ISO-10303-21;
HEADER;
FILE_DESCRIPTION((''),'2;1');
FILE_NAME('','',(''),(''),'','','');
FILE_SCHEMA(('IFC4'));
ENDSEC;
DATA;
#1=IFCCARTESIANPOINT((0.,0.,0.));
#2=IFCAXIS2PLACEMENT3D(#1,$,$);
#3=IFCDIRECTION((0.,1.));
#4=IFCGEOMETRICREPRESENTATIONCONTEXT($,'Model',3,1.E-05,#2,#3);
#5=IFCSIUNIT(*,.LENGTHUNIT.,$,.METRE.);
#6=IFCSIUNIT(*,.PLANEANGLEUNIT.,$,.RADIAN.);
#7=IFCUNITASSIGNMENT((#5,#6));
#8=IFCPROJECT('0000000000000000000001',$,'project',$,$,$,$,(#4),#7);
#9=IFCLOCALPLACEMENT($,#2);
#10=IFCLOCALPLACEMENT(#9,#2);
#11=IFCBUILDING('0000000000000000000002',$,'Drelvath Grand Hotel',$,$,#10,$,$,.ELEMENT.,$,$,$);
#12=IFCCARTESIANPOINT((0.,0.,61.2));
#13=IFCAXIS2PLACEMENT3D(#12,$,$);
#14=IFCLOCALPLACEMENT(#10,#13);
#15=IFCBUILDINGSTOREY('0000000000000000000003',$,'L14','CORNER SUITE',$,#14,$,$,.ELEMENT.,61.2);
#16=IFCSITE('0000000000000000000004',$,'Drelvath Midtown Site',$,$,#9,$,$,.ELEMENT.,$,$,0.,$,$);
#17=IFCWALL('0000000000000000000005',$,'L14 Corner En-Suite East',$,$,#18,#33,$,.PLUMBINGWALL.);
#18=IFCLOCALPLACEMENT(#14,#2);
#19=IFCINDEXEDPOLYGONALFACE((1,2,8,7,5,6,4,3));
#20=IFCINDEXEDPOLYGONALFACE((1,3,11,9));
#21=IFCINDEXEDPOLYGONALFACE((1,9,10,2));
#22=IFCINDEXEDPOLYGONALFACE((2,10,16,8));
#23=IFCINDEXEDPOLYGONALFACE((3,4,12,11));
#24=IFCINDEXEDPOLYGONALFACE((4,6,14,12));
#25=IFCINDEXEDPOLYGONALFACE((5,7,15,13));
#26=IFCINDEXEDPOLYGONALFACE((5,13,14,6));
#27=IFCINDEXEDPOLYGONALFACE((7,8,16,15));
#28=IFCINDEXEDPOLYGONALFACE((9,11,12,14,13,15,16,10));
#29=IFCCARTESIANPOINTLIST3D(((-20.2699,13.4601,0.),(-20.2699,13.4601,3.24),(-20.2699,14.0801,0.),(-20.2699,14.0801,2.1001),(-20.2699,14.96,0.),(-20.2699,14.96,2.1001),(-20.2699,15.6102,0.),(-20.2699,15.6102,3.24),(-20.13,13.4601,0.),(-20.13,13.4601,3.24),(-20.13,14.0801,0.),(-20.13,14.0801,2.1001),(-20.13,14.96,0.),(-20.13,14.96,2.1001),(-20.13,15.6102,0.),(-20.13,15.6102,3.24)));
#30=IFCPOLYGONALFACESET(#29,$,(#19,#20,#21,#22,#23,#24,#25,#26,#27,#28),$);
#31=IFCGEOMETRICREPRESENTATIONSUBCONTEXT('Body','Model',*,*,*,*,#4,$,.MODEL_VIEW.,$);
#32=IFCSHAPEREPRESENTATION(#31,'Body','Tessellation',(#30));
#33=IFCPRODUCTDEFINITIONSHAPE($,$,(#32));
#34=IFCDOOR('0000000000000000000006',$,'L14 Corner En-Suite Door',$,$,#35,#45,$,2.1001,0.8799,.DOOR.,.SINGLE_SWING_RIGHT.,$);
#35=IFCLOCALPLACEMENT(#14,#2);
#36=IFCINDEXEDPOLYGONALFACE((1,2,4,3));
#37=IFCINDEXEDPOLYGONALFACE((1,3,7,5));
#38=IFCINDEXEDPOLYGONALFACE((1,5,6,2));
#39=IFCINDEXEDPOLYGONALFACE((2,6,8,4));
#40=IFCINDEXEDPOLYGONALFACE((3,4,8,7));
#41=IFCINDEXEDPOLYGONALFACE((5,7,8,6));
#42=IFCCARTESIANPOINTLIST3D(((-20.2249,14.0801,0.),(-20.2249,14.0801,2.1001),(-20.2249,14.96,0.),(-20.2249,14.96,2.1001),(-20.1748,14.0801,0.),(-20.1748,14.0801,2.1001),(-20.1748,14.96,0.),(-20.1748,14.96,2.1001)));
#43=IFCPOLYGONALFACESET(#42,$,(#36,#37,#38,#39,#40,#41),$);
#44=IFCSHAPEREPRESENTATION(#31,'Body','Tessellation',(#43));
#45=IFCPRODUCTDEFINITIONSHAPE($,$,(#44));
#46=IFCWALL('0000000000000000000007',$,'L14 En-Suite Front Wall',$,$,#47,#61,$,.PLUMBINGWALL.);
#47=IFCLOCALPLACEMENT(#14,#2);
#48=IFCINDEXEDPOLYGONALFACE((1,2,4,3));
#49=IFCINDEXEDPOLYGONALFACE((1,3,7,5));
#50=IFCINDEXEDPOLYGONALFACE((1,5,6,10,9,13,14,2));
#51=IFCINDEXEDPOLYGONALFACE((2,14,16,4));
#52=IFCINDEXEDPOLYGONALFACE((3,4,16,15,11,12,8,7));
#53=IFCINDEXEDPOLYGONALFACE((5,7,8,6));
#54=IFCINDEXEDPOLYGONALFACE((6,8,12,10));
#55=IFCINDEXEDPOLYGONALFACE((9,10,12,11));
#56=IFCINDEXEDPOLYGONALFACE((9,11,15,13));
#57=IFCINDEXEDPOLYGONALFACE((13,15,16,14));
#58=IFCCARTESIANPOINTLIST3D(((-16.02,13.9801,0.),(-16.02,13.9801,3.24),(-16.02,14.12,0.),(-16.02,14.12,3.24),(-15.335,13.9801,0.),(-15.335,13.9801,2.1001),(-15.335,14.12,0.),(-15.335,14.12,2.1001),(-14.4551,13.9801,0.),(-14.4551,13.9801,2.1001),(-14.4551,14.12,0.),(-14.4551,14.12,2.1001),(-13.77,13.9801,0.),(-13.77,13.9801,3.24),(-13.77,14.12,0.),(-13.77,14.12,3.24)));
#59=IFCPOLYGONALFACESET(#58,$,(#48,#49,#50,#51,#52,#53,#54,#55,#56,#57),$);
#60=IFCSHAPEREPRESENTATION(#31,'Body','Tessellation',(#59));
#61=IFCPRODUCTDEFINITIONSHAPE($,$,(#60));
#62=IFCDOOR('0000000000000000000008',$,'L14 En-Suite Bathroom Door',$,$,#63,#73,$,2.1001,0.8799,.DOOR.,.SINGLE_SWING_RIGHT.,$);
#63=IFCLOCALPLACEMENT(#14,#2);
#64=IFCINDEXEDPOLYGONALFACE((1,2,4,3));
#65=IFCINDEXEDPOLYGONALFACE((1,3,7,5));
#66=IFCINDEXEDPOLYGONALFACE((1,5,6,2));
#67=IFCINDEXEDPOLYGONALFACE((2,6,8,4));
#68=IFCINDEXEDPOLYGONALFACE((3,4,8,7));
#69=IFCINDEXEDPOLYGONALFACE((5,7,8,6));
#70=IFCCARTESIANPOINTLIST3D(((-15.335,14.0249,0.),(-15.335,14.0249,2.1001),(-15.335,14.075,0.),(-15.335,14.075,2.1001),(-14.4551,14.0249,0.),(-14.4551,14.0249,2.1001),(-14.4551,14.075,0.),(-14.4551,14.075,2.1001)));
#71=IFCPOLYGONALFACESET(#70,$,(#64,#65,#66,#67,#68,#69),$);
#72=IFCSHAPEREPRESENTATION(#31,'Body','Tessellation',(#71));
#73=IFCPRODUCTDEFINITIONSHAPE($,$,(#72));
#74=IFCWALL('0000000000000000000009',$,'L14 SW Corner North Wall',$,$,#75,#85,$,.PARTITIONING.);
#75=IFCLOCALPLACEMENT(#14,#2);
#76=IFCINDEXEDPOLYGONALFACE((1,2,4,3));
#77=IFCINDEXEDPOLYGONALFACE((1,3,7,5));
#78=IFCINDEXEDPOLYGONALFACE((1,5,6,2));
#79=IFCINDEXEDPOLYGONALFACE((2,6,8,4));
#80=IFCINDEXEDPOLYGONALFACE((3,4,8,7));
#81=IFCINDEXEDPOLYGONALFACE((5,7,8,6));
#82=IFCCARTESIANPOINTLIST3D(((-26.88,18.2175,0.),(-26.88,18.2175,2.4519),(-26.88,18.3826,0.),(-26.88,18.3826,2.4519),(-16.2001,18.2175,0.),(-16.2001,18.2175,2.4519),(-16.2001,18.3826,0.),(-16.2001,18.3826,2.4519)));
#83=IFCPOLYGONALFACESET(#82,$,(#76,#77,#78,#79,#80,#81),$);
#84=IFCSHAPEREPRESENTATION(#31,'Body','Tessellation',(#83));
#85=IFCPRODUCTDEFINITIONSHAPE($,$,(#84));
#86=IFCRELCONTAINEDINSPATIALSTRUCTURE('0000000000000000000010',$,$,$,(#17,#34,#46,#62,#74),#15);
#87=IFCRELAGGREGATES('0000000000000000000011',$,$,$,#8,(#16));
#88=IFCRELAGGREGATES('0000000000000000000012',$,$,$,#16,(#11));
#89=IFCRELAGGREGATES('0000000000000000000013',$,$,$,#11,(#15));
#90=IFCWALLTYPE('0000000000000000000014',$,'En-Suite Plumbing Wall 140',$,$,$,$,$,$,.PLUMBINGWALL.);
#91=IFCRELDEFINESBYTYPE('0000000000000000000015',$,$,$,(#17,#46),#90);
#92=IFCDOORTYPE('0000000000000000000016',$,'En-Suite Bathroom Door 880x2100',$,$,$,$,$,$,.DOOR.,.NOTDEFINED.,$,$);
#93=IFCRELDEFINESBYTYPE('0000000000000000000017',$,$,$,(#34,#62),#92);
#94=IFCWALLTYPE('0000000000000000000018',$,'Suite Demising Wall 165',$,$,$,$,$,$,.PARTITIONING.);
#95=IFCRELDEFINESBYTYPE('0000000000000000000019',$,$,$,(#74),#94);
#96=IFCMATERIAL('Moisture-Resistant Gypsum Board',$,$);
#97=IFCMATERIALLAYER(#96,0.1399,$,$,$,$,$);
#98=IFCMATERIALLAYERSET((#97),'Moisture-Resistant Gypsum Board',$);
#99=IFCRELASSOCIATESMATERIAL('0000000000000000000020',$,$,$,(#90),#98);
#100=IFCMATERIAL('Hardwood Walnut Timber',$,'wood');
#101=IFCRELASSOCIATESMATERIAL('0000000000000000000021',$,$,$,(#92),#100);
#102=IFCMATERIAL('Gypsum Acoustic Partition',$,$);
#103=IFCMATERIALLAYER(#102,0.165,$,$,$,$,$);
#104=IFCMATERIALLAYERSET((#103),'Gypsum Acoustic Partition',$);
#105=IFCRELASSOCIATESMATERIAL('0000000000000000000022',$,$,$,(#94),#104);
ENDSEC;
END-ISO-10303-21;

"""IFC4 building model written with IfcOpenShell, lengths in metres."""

from ifc_helpers import new_model, si_unit, direction, frame, frame_2d, origin, place, context, subcontext, project, spatial, rectangle, extrude, material, layer, layer_set, type_object, element, fill, save


model = new_model("IFC4")

# Units and contexts
model_context = context("Model", 3, precision=1e-05, world=origin(), true_north=direction((0.0, 1.0)))
body_context = subcontext(model_context, "Body", "Model", "MODEL_VIEW")
ifc_project = project(units=[si_unit("LENGTHUNIT", "METRE"), si_unit("PLANEANGLEUNIT", "RADIAN")], contexts=[model_context])

# Site, building, storey
site_placement = place(None, origin())
site = spatial("IfcSite", under=ifc_project, at=site_placement, Name="Drelvath Midtown Site", CompositionType="ELEMENT", RefElevation=0.0)
building_placement = place(site_placement, origin())
building = spatial("IfcBuilding", under=site, at=building_placement, Name="Drelvath Grand Hotel", CompositionType="ELEMENT")
storey_placement = place(building_placement, frame((0.0, 0.0, 61.2)))
storey = spatial("IfcBuildingStorey", under=building, at=storey_placement, Name="L14", Description="CORNER SUITE", CompositionType="ELEMENT", Elevation=61.2)

# Shared definitions
ifc_material_1 = material(Name="Hardwood Walnut Timber", Category="wood")

# Shared definitions
ifc_material_2 = material(Name="Moisture-Resistant Gypsum Board")
ifc_layer_1 = layer(ifc_material_2, 0.1399)
ifc_layer_set_1 = layer_set([ifc_layer_1], Name="Moisture-Resistant Gypsum Board")
wall_type_1 = type_object("IfcWallType", Name="En-Suite Plumbing Wall 140", PredefinedType="PLUMBINGWALL", material=ifc_layer_set_1)

# Walls, openings, doors
wall_1_placement = place(storey_placement, frame((-20.2, 13.46, 0.0), z_axis=(0.0, 0.0, 1.0), x_axis=(0.0, 1.0, 0.0)))
wall_1 = element("IfcWall", 1, at=wall_1_placement, inside=storey, type_object=wall_type_1, Name="L14 Corner En-Suite East", PredefinedType="PLUMBINGWALL", context=body_context, shape_type="SweptSolid", body=[
    extrude(rectangle(XDim=2.1501, YDim=0.1399, at=frame_2d((1.0752, 0.0))), origin(), (0.0, 0.0, 1.0), 3.24),
])
opening_1_placement = place(wall_1_placement, frame((0.6201, 0.0, 0.0)))
opening_1 = element("IfcOpeningElement", 2, at=opening_1_placement, cuts=wall_1, PredefinedType="OPENING", context=body_context, shape_type="SweptSolid", body=[
    extrude(rectangle(XDim=0.8799, YDim=2.1001, at=frame_2d((0.4399, 1.05))), frame((0.0, 0.0798, 0.0), z_axis=(0.0, -1.0, 0.0), x_axis=(1.0, 0.0, 0.0)), (0.0, 0.0, 1.0), 0.1599),
])
door_type_1 = type_object("IfcDoorType", Name="En-Suite Bathroom Door 880x2100", OperationType="NOTDEFINED", PredefinedType="DOOR", material=ifc_material_1)
door_1_placement = place(opening_1_placement, origin())
door_1 = element("IfcDoor", 3, at=door_1_placement, inside=storey, type_object=door_type_1, Name="L14 Corner En-Suite Door", OperationType="SINGLE_SWING_RIGHT", OverallHeight=2.1001, OverallWidth=0.8799, PredefinedType="DOOR", context=body_context, shape_type="SweptSolid", body=[
    extrude(rectangle(XDim=0.8799, YDim=2.1001, at=frame_2d((0.4399, 1.05))), frame((0.0, 0.0249, 0.0), z_axis=(0.0, -1.0, 0.0), x_axis=(1.0, 0.0, 0.0)), (0.0, 0.0, 1.0), 0.05),
])
fill(opening_1, door_1)
wall_2_placement = place(storey_placement, frame((-16.02, 14.05, 0.0), z_axis=(0.0, 0.0, 1.0), x_axis=(1.0, 0.0, 0.0)))
wall_2 = element("IfcWall", 4, at=wall_2_placement, inside=storey, type_object=wall_type_1, Name="L14 En-Suite Front Wall", PredefinedType="PLUMBINGWALL", context=body_context, shape_type="SweptSolid", body=[
    extrude(rectangle(XDim=2.25, YDim=0.1399, at=frame_2d((1.125, 0.0))), origin(), (0.0, 0.0, 1.0), 3.24),
])
opening_2_placement = place(wall_2_placement, frame((0.6851, 0.0, 0.0)))
opening_2 = element("IfcOpeningElement", 5, at=opening_2_placement, cuts=wall_2, PredefinedType="OPENING", context=body_context, shape_type="SweptSolid", body=[
    extrude(rectangle(XDim=0.8799, YDim=2.1001, at=frame_2d((0.4399, 1.05))), frame((0.0, 0.0798, 0.0), z_axis=(0.0, -1.0, 0.0), x_axis=(1.0, 0.0, 0.0)), (0.0, 0.0, 1.0), 0.1599),
])
door_2_placement = place(opening_2_placement, origin())
door_2 = element("IfcDoor", 6, at=door_2_placement, inside=storey, type_object=door_type_1, Name="L14 En-Suite Bathroom Door", OperationType="SINGLE_SWING_RIGHT", OverallHeight=2.1001, OverallWidth=0.8799, PredefinedType="DOOR", context=body_context, shape_type="SweptSolid", body=[
    extrude(rectangle(XDim=0.8799, YDim=2.1001, at=frame_2d((0.4399, 1.05))), frame((0.0, 0.0249, 0.0), z_axis=(0.0, -1.0, 0.0), x_axis=(1.0, 0.0, 0.0)), (0.0, 0.0, 1.0), 0.05),
])
fill(opening_2, door_2)

# Wall
ifc_material_3 = material(Name="Gypsum Acoustic Partition")
ifc_layer_2 = layer(ifc_material_3, 0.165)
ifc_layer_set_2 = layer_set([ifc_layer_2], Name="Gypsum Acoustic Partition")
wall_type_2 = type_object("IfcWallType", Name="Suite Demising Wall 165", PredefinedType="PARTITIONING", material=ifc_layer_set_2)
wall_3_placement = place(storey_placement, frame((-26.8799, 18.3, 0.0), z_axis=(0.0, 0.0, 1.0), x_axis=(1.0, 0.0, 0.0)))
element("IfcWall", 7, at=wall_3_placement, inside=storey, type_object=wall_type_2, Name="L14 SW Corner North Wall", PredefinedType="PARTITIONING", context=body_context, shape_type="SweptSolid", body=[
    extrude(rectangle(XDim=10.6799, YDim=0.165, at=frame_2d((5.3398, 0.0))), origin(), (0.0, 0.0, 1.0), 2.4519),
])

save(model, "model.ifc")
